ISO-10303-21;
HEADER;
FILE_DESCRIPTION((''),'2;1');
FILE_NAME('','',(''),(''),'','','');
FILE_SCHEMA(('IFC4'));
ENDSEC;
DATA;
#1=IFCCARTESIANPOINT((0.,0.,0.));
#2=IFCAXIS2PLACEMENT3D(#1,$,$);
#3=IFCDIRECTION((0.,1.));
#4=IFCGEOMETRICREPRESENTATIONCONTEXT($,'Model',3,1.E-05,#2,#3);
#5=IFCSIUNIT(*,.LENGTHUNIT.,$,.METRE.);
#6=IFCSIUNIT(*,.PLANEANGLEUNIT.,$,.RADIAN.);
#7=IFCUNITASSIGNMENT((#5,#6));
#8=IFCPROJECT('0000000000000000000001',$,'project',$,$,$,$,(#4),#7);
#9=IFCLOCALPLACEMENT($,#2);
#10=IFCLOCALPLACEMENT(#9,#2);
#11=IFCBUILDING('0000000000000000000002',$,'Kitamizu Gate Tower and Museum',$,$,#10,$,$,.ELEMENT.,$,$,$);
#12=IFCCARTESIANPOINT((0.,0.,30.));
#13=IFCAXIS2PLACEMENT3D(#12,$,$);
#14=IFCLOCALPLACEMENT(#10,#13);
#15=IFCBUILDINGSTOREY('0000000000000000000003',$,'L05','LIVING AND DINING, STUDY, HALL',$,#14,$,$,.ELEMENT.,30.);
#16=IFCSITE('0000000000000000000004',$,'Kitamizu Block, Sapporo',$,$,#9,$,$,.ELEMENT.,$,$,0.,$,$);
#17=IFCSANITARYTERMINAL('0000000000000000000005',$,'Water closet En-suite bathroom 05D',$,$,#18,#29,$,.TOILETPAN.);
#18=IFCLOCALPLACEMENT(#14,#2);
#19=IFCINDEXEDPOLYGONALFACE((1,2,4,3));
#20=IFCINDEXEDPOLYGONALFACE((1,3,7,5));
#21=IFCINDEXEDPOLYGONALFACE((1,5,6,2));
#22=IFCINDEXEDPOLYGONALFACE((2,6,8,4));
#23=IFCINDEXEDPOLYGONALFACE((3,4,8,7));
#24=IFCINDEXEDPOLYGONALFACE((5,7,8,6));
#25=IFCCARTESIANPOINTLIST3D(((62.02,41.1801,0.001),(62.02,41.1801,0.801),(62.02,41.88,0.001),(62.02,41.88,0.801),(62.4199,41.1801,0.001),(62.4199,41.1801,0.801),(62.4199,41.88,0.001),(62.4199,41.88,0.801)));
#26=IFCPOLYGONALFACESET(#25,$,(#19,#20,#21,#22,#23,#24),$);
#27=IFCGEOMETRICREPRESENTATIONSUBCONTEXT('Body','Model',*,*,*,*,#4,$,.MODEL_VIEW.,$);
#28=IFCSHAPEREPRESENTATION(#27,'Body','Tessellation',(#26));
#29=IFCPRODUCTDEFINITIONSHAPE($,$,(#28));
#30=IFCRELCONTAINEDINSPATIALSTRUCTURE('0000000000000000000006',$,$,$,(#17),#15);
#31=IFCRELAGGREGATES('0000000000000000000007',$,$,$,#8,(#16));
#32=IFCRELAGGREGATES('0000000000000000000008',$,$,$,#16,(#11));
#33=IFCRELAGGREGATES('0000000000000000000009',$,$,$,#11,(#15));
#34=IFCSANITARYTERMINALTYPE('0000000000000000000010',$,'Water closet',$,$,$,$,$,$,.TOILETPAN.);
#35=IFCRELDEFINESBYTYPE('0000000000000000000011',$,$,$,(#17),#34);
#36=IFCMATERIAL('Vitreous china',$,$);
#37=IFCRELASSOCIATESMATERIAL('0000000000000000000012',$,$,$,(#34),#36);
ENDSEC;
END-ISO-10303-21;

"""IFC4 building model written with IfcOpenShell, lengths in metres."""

from ifc_helpers import new_model, si_unit, direction, frame, origin, origin_2d, place, context, subcontext, project, spatial, rectangle, extrude, material, type_object, element, save


model = new_model("IFC4")

# Units and contexts
model_context = context("Model", 3, precision=1e-05, world=origin(), true_north=direction((0.0, 1.0)))
body_context = subcontext(model_context, "Body", "Model", "MODEL_VIEW")
ifc_project = project(units=[si_unit("LENGTHUNIT", "METRE"), si_unit("PLANEANGLEUNIT", "RADIAN")], contexts=[model_context])

# Site, building, storey
site_placement = place(None, origin())
site = spatial("IfcSite", under=ifc_project, at=site_placement, Name="Kitamizu Block, Sapporo", CompositionType="ELEMENT", RefElevation=0.0)
building_placement = place(site_placement, origin())
building = spatial("IfcBuilding", under=site, at=building_placement, Name="Kitamizu Gate Tower and Museum", CompositionType="ELEMENT")
storey_placement = place(building_placement, frame((0.0, 0.0, 30.0)))
storey = spatial("IfcBuildingStorey", under=building, at=storey_placement, Name="L05", Description="LIVING AND DINING, STUDY, HALL", CompositionType="ELEMENT", Elevation=30.0)

# Sanitary terminal
ifc_material_1 = material(Name="Vitreous china")
sanitary_terminal_type_1 = type_object("IfcSanitaryTerminalType", Name="Water closet", PredefinedType="TOILETPAN", material=ifc_material_1)
sanitary_terminal_1_placement = place(storey_placement, frame((62.22, 41.53, 0.001), z_axis=(0.0, 0.0, 1.0), x_axis=(1.0, 0.0, 0.0)))
element("IfcSanitaryTerminal", 1, at=sanitary_terminal_1_placement, inside=storey, type_object=sanitary_terminal_type_1, Name="Water closet En-suite bathroom 05D", PredefinedType="TOILETPAN", context=body_context, shape_type="SweptSolid", body=[
    extrude(rectangle(XDim=0.3999, YDim=0.7, at=origin_2d()), origin(), (0.0, 0.0, 1.0), 0.8),
])

save(model, "model.ifc")
